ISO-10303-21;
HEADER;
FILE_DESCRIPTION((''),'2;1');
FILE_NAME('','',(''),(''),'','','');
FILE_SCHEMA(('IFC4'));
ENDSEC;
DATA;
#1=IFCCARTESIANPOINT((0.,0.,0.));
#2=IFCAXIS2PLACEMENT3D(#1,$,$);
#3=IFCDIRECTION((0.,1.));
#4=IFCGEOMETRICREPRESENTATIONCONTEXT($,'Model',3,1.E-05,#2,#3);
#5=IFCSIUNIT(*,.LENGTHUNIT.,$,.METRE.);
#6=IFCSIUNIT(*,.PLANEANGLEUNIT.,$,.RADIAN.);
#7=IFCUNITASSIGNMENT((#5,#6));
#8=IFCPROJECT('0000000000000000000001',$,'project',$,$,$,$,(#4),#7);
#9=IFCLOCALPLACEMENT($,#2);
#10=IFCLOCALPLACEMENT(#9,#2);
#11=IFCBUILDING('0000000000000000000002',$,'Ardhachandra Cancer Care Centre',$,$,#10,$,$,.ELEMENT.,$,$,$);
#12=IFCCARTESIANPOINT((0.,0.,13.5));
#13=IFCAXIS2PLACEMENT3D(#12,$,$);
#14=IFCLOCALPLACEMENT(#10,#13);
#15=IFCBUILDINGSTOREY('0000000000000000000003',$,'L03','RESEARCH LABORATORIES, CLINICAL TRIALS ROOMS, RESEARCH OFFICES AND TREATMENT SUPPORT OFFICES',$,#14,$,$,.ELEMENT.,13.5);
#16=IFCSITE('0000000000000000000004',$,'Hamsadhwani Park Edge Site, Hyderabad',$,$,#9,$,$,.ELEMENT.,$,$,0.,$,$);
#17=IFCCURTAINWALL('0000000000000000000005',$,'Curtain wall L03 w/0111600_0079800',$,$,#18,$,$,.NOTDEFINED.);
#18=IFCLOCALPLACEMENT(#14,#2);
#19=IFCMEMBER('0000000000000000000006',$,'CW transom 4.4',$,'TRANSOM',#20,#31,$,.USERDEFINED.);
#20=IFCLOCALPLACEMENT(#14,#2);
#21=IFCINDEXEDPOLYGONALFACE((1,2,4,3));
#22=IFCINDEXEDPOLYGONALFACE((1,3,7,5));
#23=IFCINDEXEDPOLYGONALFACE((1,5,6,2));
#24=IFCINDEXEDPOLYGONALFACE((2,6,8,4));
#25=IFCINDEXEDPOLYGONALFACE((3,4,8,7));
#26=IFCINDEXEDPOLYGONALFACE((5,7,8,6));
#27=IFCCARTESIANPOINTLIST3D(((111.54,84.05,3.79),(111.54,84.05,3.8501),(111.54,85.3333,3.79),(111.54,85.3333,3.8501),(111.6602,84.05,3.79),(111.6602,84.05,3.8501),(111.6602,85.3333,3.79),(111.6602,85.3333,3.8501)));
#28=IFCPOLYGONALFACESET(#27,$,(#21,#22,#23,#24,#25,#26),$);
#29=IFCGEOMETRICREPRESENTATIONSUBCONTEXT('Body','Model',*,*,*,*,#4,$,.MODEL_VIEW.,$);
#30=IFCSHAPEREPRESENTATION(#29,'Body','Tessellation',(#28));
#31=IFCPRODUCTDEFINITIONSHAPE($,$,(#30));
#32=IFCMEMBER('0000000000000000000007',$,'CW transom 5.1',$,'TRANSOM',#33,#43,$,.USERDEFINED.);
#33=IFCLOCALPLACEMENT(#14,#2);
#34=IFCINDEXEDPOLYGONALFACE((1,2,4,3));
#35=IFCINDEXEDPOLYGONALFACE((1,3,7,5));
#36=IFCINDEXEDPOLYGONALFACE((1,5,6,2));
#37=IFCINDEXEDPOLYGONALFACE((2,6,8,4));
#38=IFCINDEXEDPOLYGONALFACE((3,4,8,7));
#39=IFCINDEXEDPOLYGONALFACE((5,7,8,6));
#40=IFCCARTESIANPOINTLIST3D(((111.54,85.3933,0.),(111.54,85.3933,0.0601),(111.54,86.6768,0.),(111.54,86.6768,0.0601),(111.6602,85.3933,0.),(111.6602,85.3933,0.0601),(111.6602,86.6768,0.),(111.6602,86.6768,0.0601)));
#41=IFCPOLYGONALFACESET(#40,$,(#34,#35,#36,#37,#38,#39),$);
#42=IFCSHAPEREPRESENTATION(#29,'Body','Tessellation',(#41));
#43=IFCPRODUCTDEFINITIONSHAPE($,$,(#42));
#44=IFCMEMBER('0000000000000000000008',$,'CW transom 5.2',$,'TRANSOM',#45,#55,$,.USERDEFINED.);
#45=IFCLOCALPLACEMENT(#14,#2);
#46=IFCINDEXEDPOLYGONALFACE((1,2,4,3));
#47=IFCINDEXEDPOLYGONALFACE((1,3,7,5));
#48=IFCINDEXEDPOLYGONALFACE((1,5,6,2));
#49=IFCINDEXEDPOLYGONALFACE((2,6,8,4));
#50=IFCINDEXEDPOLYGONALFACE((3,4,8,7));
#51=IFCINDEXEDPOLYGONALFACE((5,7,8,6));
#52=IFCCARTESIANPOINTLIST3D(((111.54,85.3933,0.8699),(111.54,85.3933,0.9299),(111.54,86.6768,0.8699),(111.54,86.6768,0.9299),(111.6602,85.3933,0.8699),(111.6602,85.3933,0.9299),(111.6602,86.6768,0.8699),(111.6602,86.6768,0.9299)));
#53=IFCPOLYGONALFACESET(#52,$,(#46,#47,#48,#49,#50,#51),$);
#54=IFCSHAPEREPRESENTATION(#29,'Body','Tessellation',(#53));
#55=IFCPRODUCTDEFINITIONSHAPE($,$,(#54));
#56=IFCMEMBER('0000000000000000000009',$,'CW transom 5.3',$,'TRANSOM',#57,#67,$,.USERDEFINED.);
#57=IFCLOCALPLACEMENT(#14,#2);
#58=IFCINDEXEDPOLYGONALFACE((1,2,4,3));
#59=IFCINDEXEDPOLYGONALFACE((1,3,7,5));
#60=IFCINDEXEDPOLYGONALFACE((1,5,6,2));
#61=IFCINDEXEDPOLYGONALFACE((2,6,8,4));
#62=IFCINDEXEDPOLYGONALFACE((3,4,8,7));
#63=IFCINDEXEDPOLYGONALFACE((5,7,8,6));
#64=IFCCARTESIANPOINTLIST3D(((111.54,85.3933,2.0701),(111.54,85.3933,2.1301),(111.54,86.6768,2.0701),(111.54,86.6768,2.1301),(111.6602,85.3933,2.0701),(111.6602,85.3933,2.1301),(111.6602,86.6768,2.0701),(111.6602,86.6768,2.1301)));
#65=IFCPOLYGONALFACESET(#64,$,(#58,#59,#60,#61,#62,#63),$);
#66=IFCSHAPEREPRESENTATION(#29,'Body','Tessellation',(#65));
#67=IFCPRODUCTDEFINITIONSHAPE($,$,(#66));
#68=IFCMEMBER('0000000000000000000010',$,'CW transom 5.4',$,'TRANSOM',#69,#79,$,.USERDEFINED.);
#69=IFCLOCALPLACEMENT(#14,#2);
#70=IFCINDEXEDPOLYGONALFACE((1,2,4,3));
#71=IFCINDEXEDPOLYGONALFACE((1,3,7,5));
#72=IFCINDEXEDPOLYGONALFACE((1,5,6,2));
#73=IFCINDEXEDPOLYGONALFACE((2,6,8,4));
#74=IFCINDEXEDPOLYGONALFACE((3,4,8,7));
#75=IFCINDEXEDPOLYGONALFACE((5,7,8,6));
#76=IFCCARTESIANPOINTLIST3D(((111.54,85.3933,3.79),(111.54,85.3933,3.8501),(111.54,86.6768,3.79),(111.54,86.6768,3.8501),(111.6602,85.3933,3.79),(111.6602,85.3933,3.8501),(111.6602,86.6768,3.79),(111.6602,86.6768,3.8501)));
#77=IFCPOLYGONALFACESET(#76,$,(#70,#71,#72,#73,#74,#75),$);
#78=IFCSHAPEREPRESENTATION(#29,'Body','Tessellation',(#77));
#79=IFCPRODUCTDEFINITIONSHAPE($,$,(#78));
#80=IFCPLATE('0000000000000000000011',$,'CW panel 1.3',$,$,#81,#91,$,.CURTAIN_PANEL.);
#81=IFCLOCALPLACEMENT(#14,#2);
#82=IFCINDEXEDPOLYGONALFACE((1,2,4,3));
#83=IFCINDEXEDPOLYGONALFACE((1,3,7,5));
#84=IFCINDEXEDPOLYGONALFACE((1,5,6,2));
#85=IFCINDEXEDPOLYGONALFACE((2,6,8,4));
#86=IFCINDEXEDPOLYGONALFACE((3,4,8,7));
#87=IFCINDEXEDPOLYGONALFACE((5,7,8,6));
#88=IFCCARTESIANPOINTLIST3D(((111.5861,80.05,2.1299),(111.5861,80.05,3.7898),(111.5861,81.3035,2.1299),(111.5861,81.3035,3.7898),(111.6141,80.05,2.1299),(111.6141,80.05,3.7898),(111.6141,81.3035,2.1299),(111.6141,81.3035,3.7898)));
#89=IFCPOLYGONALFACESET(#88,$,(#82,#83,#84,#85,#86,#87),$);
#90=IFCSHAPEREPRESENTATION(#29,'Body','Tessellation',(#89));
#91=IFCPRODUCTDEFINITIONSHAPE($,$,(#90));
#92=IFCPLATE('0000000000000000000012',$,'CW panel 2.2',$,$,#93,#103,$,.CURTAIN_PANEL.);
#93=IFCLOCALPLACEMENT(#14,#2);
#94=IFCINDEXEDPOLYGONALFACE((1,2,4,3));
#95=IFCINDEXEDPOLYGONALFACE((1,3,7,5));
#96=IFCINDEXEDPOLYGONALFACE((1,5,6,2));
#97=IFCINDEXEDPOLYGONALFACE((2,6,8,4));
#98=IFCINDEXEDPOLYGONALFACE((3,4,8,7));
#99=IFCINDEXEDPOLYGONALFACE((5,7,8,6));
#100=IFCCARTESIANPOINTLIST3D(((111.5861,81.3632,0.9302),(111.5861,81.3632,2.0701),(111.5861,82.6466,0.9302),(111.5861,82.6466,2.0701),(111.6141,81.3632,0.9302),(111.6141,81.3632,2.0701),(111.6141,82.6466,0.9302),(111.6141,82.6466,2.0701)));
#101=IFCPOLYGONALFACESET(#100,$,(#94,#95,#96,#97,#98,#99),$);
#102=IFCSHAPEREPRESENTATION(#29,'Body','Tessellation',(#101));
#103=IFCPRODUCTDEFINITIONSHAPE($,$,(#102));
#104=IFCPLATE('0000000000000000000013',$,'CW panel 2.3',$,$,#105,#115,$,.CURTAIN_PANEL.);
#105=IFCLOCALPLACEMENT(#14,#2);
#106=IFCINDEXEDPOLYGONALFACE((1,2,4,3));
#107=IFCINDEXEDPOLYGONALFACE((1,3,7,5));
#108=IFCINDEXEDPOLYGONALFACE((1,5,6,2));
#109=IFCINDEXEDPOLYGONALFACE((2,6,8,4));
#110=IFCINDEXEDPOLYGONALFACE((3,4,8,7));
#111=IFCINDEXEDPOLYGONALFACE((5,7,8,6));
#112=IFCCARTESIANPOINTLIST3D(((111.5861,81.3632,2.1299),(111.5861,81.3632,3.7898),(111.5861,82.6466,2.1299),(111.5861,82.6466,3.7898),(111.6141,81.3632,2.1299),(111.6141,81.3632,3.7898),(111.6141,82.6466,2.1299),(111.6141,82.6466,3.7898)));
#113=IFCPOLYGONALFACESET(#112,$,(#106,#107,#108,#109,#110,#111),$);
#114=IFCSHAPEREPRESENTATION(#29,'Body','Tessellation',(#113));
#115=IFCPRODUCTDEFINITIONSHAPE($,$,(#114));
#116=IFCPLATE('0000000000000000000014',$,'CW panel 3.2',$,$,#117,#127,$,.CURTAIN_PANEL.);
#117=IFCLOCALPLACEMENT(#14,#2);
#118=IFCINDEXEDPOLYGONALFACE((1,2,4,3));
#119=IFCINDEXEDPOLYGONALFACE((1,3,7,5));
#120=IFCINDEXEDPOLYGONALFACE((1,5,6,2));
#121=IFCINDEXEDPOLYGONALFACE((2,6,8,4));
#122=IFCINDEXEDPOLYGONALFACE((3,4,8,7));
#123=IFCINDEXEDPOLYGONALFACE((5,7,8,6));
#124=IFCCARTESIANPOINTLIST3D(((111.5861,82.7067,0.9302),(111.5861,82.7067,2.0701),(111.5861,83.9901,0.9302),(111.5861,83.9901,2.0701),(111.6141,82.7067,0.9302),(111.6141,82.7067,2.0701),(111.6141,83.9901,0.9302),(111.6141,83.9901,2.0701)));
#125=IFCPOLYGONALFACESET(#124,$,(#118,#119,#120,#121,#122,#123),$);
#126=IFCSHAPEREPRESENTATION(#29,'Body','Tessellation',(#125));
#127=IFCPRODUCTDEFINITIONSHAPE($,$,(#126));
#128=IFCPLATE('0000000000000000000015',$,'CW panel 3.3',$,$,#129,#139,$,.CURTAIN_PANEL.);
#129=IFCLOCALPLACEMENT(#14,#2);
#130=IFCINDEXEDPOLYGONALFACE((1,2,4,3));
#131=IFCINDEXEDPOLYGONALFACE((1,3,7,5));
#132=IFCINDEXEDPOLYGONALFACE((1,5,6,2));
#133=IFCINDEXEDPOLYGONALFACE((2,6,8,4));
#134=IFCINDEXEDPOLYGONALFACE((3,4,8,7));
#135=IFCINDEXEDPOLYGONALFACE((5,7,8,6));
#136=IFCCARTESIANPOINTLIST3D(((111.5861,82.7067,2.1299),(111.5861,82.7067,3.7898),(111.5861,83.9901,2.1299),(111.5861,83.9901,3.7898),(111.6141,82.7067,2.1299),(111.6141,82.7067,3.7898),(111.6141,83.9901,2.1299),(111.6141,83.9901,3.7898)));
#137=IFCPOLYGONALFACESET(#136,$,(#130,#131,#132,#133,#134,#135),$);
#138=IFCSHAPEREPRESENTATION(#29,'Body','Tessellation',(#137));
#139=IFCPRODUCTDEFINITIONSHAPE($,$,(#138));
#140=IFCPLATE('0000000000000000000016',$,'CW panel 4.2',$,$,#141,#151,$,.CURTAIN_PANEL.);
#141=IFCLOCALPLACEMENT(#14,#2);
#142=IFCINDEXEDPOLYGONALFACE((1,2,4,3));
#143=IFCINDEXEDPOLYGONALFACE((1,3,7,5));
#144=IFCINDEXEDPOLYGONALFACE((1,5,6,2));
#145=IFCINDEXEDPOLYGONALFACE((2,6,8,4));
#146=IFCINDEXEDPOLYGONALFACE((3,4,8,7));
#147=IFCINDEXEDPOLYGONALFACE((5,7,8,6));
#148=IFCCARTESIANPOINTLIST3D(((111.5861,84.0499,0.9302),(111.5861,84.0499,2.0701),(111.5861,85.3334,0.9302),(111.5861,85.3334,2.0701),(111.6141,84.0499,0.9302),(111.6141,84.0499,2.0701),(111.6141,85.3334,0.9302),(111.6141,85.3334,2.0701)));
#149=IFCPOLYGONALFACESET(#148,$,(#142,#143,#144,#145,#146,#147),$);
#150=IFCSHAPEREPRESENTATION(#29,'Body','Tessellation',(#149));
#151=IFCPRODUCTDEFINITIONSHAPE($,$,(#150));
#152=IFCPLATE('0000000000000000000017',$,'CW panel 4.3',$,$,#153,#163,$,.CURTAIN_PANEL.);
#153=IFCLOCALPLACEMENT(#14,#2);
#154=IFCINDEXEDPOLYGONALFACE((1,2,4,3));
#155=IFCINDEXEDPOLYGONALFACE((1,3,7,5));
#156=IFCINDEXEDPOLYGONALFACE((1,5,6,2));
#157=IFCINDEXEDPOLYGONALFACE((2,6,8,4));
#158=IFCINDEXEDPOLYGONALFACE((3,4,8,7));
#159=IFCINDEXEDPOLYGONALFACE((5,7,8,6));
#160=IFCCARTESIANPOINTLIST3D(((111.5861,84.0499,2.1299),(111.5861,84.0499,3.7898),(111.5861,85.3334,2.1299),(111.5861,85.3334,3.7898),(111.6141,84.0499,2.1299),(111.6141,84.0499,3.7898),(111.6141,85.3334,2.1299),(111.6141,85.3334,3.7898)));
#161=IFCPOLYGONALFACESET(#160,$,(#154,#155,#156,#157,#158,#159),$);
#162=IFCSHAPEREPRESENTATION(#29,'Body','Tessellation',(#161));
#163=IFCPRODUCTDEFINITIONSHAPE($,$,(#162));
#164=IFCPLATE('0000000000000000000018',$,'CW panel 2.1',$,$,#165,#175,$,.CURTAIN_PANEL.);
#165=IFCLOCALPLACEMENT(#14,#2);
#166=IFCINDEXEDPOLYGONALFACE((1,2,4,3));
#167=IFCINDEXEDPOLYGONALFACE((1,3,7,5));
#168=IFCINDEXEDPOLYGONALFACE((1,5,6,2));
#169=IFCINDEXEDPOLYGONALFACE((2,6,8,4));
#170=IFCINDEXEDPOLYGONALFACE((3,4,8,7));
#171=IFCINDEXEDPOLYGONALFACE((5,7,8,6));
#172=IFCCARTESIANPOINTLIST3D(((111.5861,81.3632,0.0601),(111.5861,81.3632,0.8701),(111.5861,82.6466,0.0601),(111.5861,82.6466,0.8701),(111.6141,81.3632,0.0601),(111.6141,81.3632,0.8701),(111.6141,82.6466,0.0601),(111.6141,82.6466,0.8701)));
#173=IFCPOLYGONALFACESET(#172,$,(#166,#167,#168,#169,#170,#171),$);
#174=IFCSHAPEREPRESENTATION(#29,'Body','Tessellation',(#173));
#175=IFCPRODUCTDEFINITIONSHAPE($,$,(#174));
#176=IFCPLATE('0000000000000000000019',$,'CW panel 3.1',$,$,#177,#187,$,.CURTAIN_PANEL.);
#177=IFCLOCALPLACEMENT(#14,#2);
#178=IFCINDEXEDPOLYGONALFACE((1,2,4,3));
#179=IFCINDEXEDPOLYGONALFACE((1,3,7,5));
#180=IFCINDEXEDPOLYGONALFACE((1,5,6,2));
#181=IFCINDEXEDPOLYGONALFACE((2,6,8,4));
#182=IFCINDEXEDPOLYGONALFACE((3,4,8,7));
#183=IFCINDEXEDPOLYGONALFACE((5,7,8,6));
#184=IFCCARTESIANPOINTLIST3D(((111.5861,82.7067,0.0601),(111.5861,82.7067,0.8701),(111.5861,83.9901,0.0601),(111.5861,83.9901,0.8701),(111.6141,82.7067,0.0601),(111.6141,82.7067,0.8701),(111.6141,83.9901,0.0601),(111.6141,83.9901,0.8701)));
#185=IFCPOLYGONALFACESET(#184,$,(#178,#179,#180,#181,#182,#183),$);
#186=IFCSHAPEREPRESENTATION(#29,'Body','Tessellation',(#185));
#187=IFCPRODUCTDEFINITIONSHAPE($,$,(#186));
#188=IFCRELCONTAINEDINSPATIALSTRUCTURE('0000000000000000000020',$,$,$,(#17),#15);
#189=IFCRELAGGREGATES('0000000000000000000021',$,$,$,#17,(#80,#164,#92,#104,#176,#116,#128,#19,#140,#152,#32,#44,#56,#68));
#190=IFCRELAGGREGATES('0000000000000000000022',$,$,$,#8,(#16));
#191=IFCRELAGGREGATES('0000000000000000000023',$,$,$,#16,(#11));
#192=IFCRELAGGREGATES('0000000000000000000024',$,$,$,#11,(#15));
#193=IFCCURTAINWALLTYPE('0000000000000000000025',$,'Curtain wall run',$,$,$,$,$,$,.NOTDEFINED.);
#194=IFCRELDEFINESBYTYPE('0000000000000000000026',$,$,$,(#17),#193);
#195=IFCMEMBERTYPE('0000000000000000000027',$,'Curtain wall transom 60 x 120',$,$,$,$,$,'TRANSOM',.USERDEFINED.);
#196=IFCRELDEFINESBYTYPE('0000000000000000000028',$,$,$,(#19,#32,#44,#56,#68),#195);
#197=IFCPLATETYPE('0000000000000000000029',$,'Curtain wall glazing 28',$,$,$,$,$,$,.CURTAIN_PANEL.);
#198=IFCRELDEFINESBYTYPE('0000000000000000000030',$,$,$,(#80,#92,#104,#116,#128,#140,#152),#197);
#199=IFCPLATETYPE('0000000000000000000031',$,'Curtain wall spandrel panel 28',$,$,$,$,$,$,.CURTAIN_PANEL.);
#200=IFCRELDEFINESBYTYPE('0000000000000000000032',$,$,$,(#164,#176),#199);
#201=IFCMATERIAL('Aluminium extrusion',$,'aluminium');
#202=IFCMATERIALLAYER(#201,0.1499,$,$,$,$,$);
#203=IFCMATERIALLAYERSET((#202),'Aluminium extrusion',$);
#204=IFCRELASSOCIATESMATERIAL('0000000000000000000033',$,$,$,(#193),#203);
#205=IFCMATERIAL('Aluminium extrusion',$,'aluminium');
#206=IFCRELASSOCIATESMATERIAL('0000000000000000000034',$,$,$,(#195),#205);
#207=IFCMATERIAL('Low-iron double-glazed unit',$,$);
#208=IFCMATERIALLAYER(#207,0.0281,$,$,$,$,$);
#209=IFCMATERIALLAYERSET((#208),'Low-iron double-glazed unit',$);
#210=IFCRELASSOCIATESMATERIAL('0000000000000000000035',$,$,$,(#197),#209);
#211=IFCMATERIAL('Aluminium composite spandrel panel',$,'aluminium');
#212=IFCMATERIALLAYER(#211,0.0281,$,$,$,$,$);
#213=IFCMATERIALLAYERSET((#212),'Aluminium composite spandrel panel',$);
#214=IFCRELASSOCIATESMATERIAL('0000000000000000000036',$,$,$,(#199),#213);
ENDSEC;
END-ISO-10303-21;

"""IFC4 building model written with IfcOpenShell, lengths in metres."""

from ifc_helpers import new_model, si_unit, direction, frame, origin, origin_2d, place, context, subcontext, project, spatial, rectangle, extrude, material, layer, layer_set, material_profile, profile_set, type_object, element, aggregate, save


model = new_model("IFC4")

# Units and contexts
model_context = context("Model", 3, precision=1e-05, world=origin(), true_north=direction((0.0, 1.0)))
body_context = subcontext(model_context, "Body", "Model", "MODEL_VIEW")
ifc_project = project(units=[si_unit("LENGTHUNIT", "METRE"), si_unit("PLANEANGLEUNIT", "RADIAN")], contexts=[model_context])

# Site, building, storey
site_placement = place(None, origin())
site = spatial("IfcSite", under=ifc_project, at=site_placement, Name="Hamsadhwani Park Edge Site, Hyderabad", CompositionType="ELEMENT", RefElevation=0.0)
building_placement = place(site_placement, origin())
building = spatial("IfcBuilding", under=site, at=building_placement, Name="Ardhachandra Cancer Care Centre", CompositionType="ELEMENT")
storey_placement = place(building_placement, frame((0.0, 0.0, 13.5)))
storey = spatial("IfcBuildingStorey", under=building, at=storey_placement, Name="L03", Description="RESEARCH LABORATORIES, CLINICAL TRIALS ROOMS, RESEARCH OFFICES AND TREATMENT SUPPORT OFFICES", CompositionType="ELEMENT", Elevation=13.5)

# Curtain wall, members, plates
ifc_material_1 = material(Name="Aluminium extrusion", Category="aluminium")
ifc_layer_1 = layer(ifc_material_1, 0.1499)
ifc_layer_set_1 = layer_set([ifc_layer_1], Name="Aluminium extrusion")
curtain_wall_type = type_object("IfcCurtainWallType", Name="Curtain wall run", PredefinedType="NOTDEFINED", material=ifc_layer_set_1)
curtain_wall_placement = place(storey_placement, origin())
curtain_wall = element("IfcCurtainWall", 1, at=curtain_wall_placement, inside=storey, type_object=curtain_wall_type, Name="Curtain wall L03 w/0111600_0079800", PredefinedType="NOTDEFINED")
ifc_material_2 = material(Name="Aluminium extrusion", Category="aluminium")
ifc_material_profile_1 = material_profile(ifc_material_2, rectangle(XDim=0.1201, YDim=0.0601, at=origin_2d()), Name="Curtain wall transom 60 x 120")
ifc_profile_set_1 = profile_set([ifc_material_profile_1], Name="Aluminium extrusion")
member_type_1 = type_object("IfcMemberType", Name="Curtain wall transom 60 x 120", ElementType="TRANSOM", PredefinedType="USERDEFINED", material=ifc_profile_set_1)
member_1_placement = place(storey_placement, frame((111.6001, 84.05, 3.8201), z_axis=(0.0, 1.0, 0.0), x_axis=(-1.0, 0.0, 0.0)))
member_1 = element("IfcMember", 2, at=member_1_placement, type_object=member_type_1, Name="CW transom 4.4", ObjectType="TRANSOM", PredefinedType="USERDEFINED", context=body_context, shape_type="SweptSolid", body=[
    extrude(rectangle(XDim=0.1201, YDim=0.0601, at=origin_2d()), origin(), (0.0, 0.0, 1.0), 1.2832),
])
member_2_placement = place(storey_placement, frame((111.6001, 85.3933, 0.03), z_axis=(0.0, 1.0, 0.0), x_axis=(-1.0, 0.0, 0.0)))
member_2 = element("IfcMember", 3, at=member_2_placement, type_object=member_type_1, Name="CW transom 5.1", ObjectType="TRANSOM", PredefinedType="USERDEFINED", context=body_context, shape_type="SweptSolid", body=[
    extrude(rectangle(XDim=0.1201, YDim=0.0601, at=origin_2d()), origin(), (0.0, 0.0, 1.0), 1.2834),
])
member_3_placement = place(storey_placement, frame((111.6001, 85.3933, 0.8999), z_axis=(0.0, 1.0, 0.0), x_axis=(-1.0, 0.0, 0.0)))
member_3 = element("IfcMember", 4, at=member_3_placement, type_object=member_type_1, Name="CW transom 5.2", ObjectType="TRANSOM", PredefinedType="USERDEFINED", context=body_context, shape_type="SweptSolid", body=[
    extrude(rectangle(XDim=0.1201, YDim=0.0601, at=origin_2d()), origin(), (0.0, 0.0, 1.0), 1.2834),
])
member_4_placement = place(storey_placement, frame((111.6001, 85.3933, 2.1001), z_axis=(0.0, 1.0, 0.0), x_axis=(-1.0, 0.0, 0.0)))
member_4 = element("IfcMember", 5, at=member_4_placement, type_object=member_type_1, Name="CW transom 5.3", ObjectType="TRANSOM", PredefinedType="USERDEFINED", context=body_context, shape_type="SweptSolid", body=[
    extrude(rectangle(XDim=0.1201, YDim=0.0601, at=origin_2d()), origin(), (0.0, 0.0, 1.0), 1.2834),
])
member_5_placement = place(storey_placement, frame((111.6001, 85.3933, 3.8201), z_axis=(0.0, 1.0, 0.0), x_axis=(-1.0, 0.0, 0.0)))
member_5 = element("IfcMember", 6, at=member_5_placement, type_object=member_type_1, Name="CW transom 5.4", ObjectType="TRANSOM", PredefinedType="USERDEFINED", context=body_context, shape_type="SweptSolid", body=[
    extrude(rectangle(XDim=0.1201, YDim=0.0601, at=origin_2d()), origin(), (0.0, 0.0, 1.0), 1.2834),
])
ifc_material_3 = material(Name="Low-iron double-glazed unit")
ifc_layer_2 = layer(ifc_material_3, 0.0281)
ifc_layer_set_2 = layer_set([ifc_layer_2], Name="Low-iron double-glazed unit")
plate_type_1 = type_object("IfcPlateType", Name="Curtain wall glazing 28", PredefinedType="CURTAIN_PANEL", material=ifc_layer_set_2)
plate_1_placement = place(storey_placement, frame((111.6001, 80.6768, 2.1299), z_axis=(0.0, 0.0, 1.0), x_axis=(0.0, 1.0, 0.0)))
plate_1 = element("IfcPlate", 7, at=plate_1_placement, type_object=plate_type_1, Name="CW panel 1.3", PredefinedType="CURTAIN_PANEL", context=body_context, shape_type="SweptSolid", body=[
    extrude(rectangle(XDim=1.2534, YDim=0.0281, at=origin_2d()), origin(), (0.0, 0.0, 1.0), 1.6599),
])
plate_2_placement = place(storey_placement, frame((111.6001, 82.0049, 0.9302), z_axis=(0.0, 0.0, 1.0), x_axis=(0.0, 1.0, 0.0)))
plate_2 = element("IfcPlate", 8, at=plate_2_placement, type_object=plate_type_1, Name="CW panel 2.2", PredefinedType="CURTAIN_PANEL", context=body_context, shape_type="SweptSolid", body=[
    extrude(rectangle(XDim=1.2834, YDim=0.0281, at=origin_2d()), origin(), (0.0, 0.0, 1.0), 1.1399),
])
plate_3_placement = place(storey_placement, frame((111.6001, 82.0049, 2.1299), z_axis=(0.0, 0.0, 1.0), x_axis=(0.0, 1.0, 0.0)))
plate_3 = element("IfcPlate", 9, at=plate_3_placement, type_object=plate_type_1, Name="CW panel 2.3", PredefinedType="CURTAIN_PANEL", context=body_context, shape_type="SweptSolid", body=[
    extrude(rectangle(XDim=1.2834, YDim=0.0281, at=origin_2d()), origin(), (0.0, 0.0, 1.0), 1.6599),
])
plate_4_placement = place(storey_placement, frame((111.6001, 83.3484, 0.9302), z_axis=(0.0, 0.0, 1.0), x_axis=(0.0, 1.0, 0.0)))
plate_4 = element("IfcPlate", 10, at=plate_4_placement, type_object=plate_type_1, Name="CW panel 3.2", PredefinedType="CURTAIN_PANEL", context=body_context, shape_type="SweptSolid", body=[
    extrude(rectangle(XDim=1.2834, YDim=0.0281, at=origin_2d()), origin(), (0.0, 0.0, 1.0), 1.1399),
])
plate_5_placement = place(storey_placement, frame((111.6001, 83.3484, 2.1299), z_axis=(0.0, 0.0, 1.0), x_axis=(0.0, 1.0, 0.0)))
plate_5 = element("IfcPlate", 11, at=plate_5_placement, type_object=plate_type_1, Name="CW panel 3.3", PredefinedType="CURTAIN_PANEL", context=body_context, shape_type="SweptSolid", body=[
    extrude(rectangle(XDim=1.2834, YDim=0.0281, at=origin_2d()), origin(), (0.0, 0.0, 1.0), 1.6599),
])
plate_6_placement = place(storey_placement, frame((111.6001, 84.6917, 0.9302), z_axis=(0.0, 0.0, 1.0), x_axis=(0.0, 1.0, 0.0)))
plate_6 = element("IfcPlate", 12, at=plate_6_placement, type_object=plate_type_1, Name="CW panel 4.2", PredefinedType="CURTAIN_PANEL", context=body_context, shape_type="SweptSolid", body=[
    extrude(rectangle(XDim=1.2834, YDim=0.0281, at=origin_2d()), origin(), (0.0, 0.0, 1.0), 1.1399),
])
plate_7_placement = place(storey_placement, frame((111.6001, 84.6917, 2.1299), z_axis=(0.0, 0.0, 1.0), x_axis=(0.0, 1.0, 0.0)))
plate_7 = element("IfcPlate", 13, at=plate_7_placement, type_object=plate_type_1, Name="CW panel 4.3", PredefinedType="CURTAIN_PANEL", context=body_context, shape_type="SweptSolid", body=[
    extrude(rectangle(XDim=1.2834, YDim=0.0281, at=origin_2d()), origin(), (0.0, 0.0, 1.0), 1.6599),
])
ifc_material_4 = material(Name="Aluminium composite spandrel panel", Category="aluminium")
ifc_layer_3 = layer(ifc_material_4, 0.0281)
ifc_layer_set_3 = layer_set([ifc_layer_3], Name="Aluminium composite spandrel panel")
plate_type_2 = type_object("IfcPlateType", Name="Curtain wall spandrel panel 28", PredefinedType="CURTAIN_PANEL", material=ifc_layer_set_3)
plate_8_placement = place(storey_placement, frame((111.6001, 82.0049, 0.0601), z_axis=(0.0, 0.0, 1.0), x_axis=(0.0, 1.0, 0.0)))
plate_8 = element("IfcPlate", 14, at=plate_8_placement, type_object=plate_type_2, Name="CW panel 2.1", PredefinedType="CURTAIN_PANEL", context=body_context, shape_type="SweptSolid", body=[
    extrude(rectangle(XDim=1.2834, YDim=0.0281, at=origin_2d()), origin(), (0.0, 0.0, 1.0), 0.8101),
])
plate_9_placement = place(storey_placement, frame((111.6001, 83.3484, 0.0601), z_axis=(0.0, 0.0, 1.0), x_axis=(0.0, 1.0, 0.0)))
plate_9 = element("IfcPlate", 15, at=plate_9_placement, type_object=plate_type_2, Name="CW panel 3.1", PredefinedType="CURTAIN_PANEL", context=body_context, shape_type="SweptSolid", body=[
    extrude(rectangle(XDim=1.2834, YDim=0.0281, at=origin_2d()), origin(), (0.0, 0.0, 1.0), 0.8101),
])
aggregate(curtain_wall, [plate_1, plate_8, plate_2, plate_3, plate_9, plate_4, plate_5, member_1, plate_6, plate_7, member_2, member_3, member_4, member_5])

save(model, "model.ifc")
